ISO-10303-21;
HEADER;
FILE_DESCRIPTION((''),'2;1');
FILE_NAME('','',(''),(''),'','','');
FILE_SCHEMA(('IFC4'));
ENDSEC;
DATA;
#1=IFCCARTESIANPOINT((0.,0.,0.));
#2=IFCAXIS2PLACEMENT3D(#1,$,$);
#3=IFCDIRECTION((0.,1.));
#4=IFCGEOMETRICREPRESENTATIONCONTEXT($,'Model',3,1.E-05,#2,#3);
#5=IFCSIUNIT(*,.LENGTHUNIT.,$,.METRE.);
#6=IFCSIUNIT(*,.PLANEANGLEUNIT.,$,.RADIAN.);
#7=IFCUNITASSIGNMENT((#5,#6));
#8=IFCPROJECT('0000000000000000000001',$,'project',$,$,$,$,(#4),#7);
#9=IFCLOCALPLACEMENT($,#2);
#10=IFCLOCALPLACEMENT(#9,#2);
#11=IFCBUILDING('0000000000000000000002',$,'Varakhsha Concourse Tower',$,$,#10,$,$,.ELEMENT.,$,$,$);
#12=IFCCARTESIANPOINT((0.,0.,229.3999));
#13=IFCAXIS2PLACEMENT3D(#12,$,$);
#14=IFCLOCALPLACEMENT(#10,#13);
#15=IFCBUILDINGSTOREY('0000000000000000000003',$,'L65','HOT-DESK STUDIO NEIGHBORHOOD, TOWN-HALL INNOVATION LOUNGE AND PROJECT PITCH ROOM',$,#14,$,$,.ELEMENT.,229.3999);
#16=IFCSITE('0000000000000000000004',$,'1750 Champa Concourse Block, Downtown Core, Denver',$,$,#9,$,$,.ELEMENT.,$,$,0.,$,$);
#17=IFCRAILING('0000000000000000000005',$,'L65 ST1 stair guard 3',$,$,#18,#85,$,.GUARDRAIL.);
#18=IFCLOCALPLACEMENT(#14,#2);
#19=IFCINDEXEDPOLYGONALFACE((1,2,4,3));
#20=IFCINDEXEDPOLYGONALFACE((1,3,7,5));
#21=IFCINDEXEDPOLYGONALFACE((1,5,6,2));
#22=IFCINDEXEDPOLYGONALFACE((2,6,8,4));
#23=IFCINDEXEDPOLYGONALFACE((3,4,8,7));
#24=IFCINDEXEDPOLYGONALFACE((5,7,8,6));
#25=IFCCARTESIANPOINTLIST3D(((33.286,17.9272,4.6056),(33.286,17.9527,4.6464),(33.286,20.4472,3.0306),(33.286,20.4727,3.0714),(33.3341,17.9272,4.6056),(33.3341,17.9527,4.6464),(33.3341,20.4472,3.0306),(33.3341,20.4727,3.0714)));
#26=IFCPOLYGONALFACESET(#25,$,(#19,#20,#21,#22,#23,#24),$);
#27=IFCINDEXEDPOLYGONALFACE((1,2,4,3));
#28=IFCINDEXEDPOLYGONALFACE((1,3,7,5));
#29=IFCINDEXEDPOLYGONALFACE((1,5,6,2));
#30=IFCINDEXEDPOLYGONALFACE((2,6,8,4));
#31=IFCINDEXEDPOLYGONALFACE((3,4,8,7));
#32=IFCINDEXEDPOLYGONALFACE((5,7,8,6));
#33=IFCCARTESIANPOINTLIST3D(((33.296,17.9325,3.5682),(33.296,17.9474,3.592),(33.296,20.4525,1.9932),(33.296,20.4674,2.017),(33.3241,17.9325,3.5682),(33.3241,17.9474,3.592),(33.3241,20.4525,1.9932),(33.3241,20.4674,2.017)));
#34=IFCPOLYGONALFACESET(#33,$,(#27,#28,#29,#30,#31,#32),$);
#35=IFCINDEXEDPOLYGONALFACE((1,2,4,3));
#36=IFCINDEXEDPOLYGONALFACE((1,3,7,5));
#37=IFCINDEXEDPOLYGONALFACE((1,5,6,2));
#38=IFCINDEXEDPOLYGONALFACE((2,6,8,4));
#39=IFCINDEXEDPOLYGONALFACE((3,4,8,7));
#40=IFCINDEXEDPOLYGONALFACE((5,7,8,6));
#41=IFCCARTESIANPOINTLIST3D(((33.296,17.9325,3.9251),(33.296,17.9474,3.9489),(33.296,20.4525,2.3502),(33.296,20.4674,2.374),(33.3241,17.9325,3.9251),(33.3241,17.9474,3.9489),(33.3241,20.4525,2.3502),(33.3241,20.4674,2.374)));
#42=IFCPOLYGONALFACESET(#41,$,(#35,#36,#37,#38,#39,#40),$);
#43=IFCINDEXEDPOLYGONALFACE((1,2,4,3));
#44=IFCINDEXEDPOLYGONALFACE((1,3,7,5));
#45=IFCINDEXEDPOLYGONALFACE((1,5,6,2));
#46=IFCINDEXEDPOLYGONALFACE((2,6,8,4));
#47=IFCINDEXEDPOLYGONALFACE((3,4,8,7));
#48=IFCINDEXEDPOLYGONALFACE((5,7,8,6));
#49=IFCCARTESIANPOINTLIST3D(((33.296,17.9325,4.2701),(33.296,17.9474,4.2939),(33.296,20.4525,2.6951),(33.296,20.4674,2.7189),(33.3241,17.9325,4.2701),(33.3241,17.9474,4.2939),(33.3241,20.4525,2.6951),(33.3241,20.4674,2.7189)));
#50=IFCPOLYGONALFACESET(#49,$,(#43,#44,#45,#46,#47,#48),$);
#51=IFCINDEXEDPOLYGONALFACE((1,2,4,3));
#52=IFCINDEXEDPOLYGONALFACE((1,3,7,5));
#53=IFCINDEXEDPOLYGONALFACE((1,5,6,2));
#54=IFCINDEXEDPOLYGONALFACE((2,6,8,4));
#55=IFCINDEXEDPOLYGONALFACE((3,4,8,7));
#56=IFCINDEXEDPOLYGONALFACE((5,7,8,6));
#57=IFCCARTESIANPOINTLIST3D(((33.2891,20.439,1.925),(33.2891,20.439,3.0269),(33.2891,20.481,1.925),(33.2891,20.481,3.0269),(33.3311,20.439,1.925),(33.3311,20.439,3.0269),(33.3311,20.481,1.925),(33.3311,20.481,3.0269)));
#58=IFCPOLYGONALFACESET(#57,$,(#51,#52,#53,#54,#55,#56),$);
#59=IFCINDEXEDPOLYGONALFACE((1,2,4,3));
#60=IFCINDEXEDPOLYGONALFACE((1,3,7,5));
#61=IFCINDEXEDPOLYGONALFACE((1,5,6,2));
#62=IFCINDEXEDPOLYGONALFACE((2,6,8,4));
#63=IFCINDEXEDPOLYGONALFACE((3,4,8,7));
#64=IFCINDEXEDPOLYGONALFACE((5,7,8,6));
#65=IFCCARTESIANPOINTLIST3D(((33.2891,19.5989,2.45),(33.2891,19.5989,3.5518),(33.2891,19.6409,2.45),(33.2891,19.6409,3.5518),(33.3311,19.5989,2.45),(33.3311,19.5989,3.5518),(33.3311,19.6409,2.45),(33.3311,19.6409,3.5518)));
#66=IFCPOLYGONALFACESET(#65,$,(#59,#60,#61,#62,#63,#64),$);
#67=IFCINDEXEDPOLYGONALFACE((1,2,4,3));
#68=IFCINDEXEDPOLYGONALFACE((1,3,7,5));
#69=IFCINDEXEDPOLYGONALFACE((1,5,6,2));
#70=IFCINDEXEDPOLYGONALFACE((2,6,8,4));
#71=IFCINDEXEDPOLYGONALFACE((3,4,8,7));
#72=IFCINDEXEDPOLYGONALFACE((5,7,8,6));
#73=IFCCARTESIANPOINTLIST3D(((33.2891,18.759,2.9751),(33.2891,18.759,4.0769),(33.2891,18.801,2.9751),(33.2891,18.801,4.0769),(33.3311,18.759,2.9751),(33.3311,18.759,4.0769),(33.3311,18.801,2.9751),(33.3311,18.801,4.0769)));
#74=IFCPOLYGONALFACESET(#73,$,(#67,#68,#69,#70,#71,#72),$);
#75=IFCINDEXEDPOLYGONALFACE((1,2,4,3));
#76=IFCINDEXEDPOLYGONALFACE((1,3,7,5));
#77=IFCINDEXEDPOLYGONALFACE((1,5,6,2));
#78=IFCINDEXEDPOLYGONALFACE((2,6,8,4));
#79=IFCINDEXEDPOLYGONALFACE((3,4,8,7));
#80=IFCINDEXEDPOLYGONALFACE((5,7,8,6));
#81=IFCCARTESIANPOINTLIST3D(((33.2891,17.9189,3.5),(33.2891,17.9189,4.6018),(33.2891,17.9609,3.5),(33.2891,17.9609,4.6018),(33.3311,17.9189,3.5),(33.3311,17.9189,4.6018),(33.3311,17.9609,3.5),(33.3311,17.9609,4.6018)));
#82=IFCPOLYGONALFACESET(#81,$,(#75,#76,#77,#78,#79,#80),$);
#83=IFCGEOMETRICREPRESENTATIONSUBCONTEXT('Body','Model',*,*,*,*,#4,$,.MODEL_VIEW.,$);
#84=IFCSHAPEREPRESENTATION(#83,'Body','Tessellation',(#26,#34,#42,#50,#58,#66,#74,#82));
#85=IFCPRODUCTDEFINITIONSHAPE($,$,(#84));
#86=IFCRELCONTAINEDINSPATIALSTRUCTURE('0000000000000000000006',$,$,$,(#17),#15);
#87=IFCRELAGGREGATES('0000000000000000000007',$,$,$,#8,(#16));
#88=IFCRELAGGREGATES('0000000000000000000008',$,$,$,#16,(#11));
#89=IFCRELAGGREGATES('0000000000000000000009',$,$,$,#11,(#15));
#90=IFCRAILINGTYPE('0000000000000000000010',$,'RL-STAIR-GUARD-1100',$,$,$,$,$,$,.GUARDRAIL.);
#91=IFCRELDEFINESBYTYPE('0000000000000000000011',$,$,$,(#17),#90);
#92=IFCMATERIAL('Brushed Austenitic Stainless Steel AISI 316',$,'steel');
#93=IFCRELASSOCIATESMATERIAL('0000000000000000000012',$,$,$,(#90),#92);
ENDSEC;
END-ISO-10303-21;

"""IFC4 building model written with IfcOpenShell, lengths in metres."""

from ifc_helpers import new_model, si_unit, direction, frame, origin, origin_2d, place, context, subcontext, project, spatial, rectangle, extrude, material, type_object, element, save


model = new_model("IFC4")

# Units and contexts
model_context = context("Model", 3, precision=1e-05, world=origin(), true_north=direction((0.0, 1.0)))
body_context = subcontext(model_context, "Body", "Model", "MODEL_VIEW")
ifc_project = project(units=[si_unit("LENGTHUNIT", "METRE"), si_unit("PLANEANGLEUNIT", "RADIAN")], contexts=[model_context])

# Site, building, storey
site_placement = place(None, origin())
site = spatial("IfcSite", under=ifc_project, at=site_placement, Name="1750 Champa Concourse Block, Downtown Core, Denver", CompositionType="ELEMENT", RefElevation=0.0)
building_placement = place(site_placement, origin())
building = spatial("IfcBuilding", under=site, at=building_placement, Name="Varakhsha Concourse Tower", CompositionType="ELEMENT")
storey_placement = place(building_placement, frame((0.0, 0.0, 229.3999)))
storey = spatial("IfcBuildingStorey", under=building, at=storey_placement, Name="L65", Description="HOT-DESK STUDIO NEIGHBORHOOD, TOWN-HALL INNOVATION LOUNGE AND PROJECT PITCH ROOM", CompositionType="ELEMENT", Elevation=229.3999)

# Shared definitions
ifc_material_1 = material(Name="Brushed Austenitic Stainless Steel AISI 316", Category="steel")

# Railing
railing_type = type_object("IfcRailingType", Name="RL-STAIR-GUARD-1100", PredefinedType="GUARDRAIL", material=ifc_material_1)
railing_1_placement = place(storey_placement, frame((33.3101, 20.46, 1.925)))
element("IfcRailing", 1, at=railing_1_placement, inside=storey, type_object=railing_type, Name="L65 ST1 stair guard 3", PredefinedType="GUARDRAIL", context=body_context, shape_type="SweptSolid", body=[
    extrude(rectangle(XDim=0.0481, YDim=0.0481, at=origin_2d()), frame((0.0, 0.0, 1.126), z_axis=(0.0, -0.848008, 0.529984), x_axis=(1.0, 0.0, 0.0)), (0.0, 0.0, 1.0), 2.9717),
    extrude(rectangle(XDim=0.0281, YDim=0.0281, at=origin_2d()), frame((0.0, 0.0, 0.0801), z_axis=(0.0, -0.848008, 0.529984), x_axis=(1.0, 0.0, 0.0)), (0.0, 0.0, 1.0), 2.9717),
    extrude(rectangle(XDim=0.0281, YDim=0.0281, at=origin_2d()), frame((0.0, 0.0, 0.437), z_axis=(0.0, -0.848008, 0.529984), x_axis=(1.0, 0.0, 0.0)), (0.0, 0.0, 1.0), 2.9717),
    extrude(rectangle(XDim=0.0281, YDim=0.0281, at=origin_2d()), frame((0.0, 0.0, 0.782), z_axis=(0.0, -0.848008, 0.529984), x_axis=(1.0, 0.0, 0.0)), (0.0, 0.0, 1.0), 2.9717),
    extrude(rectangle(XDim=0.042, YDim=0.042, at=origin_2d()), origin(), (0.0, 0.0, 1.0), 1.1018),
    extrude(rectangle(XDim=0.042, YDim=0.042, at=origin_2d()), frame((0.0, -0.8401, 0.5249)), (0.0, 0.0, 1.0), 1.1018),
    extrude(rectangle(XDim=0.042, YDim=0.042, at=origin_2d()), frame((0.0, -1.6799, 1.05)), (0.0, 0.0, 1.0), 1.1018),
    extrude(rectangle(XDim=0.042, YDim=0.042, at=origin_2d()), frame((0.0, -2.52, 1.575)), (0.0, 0.0, 1.0), 1.1018),
])

save(model, "model.ifc")
